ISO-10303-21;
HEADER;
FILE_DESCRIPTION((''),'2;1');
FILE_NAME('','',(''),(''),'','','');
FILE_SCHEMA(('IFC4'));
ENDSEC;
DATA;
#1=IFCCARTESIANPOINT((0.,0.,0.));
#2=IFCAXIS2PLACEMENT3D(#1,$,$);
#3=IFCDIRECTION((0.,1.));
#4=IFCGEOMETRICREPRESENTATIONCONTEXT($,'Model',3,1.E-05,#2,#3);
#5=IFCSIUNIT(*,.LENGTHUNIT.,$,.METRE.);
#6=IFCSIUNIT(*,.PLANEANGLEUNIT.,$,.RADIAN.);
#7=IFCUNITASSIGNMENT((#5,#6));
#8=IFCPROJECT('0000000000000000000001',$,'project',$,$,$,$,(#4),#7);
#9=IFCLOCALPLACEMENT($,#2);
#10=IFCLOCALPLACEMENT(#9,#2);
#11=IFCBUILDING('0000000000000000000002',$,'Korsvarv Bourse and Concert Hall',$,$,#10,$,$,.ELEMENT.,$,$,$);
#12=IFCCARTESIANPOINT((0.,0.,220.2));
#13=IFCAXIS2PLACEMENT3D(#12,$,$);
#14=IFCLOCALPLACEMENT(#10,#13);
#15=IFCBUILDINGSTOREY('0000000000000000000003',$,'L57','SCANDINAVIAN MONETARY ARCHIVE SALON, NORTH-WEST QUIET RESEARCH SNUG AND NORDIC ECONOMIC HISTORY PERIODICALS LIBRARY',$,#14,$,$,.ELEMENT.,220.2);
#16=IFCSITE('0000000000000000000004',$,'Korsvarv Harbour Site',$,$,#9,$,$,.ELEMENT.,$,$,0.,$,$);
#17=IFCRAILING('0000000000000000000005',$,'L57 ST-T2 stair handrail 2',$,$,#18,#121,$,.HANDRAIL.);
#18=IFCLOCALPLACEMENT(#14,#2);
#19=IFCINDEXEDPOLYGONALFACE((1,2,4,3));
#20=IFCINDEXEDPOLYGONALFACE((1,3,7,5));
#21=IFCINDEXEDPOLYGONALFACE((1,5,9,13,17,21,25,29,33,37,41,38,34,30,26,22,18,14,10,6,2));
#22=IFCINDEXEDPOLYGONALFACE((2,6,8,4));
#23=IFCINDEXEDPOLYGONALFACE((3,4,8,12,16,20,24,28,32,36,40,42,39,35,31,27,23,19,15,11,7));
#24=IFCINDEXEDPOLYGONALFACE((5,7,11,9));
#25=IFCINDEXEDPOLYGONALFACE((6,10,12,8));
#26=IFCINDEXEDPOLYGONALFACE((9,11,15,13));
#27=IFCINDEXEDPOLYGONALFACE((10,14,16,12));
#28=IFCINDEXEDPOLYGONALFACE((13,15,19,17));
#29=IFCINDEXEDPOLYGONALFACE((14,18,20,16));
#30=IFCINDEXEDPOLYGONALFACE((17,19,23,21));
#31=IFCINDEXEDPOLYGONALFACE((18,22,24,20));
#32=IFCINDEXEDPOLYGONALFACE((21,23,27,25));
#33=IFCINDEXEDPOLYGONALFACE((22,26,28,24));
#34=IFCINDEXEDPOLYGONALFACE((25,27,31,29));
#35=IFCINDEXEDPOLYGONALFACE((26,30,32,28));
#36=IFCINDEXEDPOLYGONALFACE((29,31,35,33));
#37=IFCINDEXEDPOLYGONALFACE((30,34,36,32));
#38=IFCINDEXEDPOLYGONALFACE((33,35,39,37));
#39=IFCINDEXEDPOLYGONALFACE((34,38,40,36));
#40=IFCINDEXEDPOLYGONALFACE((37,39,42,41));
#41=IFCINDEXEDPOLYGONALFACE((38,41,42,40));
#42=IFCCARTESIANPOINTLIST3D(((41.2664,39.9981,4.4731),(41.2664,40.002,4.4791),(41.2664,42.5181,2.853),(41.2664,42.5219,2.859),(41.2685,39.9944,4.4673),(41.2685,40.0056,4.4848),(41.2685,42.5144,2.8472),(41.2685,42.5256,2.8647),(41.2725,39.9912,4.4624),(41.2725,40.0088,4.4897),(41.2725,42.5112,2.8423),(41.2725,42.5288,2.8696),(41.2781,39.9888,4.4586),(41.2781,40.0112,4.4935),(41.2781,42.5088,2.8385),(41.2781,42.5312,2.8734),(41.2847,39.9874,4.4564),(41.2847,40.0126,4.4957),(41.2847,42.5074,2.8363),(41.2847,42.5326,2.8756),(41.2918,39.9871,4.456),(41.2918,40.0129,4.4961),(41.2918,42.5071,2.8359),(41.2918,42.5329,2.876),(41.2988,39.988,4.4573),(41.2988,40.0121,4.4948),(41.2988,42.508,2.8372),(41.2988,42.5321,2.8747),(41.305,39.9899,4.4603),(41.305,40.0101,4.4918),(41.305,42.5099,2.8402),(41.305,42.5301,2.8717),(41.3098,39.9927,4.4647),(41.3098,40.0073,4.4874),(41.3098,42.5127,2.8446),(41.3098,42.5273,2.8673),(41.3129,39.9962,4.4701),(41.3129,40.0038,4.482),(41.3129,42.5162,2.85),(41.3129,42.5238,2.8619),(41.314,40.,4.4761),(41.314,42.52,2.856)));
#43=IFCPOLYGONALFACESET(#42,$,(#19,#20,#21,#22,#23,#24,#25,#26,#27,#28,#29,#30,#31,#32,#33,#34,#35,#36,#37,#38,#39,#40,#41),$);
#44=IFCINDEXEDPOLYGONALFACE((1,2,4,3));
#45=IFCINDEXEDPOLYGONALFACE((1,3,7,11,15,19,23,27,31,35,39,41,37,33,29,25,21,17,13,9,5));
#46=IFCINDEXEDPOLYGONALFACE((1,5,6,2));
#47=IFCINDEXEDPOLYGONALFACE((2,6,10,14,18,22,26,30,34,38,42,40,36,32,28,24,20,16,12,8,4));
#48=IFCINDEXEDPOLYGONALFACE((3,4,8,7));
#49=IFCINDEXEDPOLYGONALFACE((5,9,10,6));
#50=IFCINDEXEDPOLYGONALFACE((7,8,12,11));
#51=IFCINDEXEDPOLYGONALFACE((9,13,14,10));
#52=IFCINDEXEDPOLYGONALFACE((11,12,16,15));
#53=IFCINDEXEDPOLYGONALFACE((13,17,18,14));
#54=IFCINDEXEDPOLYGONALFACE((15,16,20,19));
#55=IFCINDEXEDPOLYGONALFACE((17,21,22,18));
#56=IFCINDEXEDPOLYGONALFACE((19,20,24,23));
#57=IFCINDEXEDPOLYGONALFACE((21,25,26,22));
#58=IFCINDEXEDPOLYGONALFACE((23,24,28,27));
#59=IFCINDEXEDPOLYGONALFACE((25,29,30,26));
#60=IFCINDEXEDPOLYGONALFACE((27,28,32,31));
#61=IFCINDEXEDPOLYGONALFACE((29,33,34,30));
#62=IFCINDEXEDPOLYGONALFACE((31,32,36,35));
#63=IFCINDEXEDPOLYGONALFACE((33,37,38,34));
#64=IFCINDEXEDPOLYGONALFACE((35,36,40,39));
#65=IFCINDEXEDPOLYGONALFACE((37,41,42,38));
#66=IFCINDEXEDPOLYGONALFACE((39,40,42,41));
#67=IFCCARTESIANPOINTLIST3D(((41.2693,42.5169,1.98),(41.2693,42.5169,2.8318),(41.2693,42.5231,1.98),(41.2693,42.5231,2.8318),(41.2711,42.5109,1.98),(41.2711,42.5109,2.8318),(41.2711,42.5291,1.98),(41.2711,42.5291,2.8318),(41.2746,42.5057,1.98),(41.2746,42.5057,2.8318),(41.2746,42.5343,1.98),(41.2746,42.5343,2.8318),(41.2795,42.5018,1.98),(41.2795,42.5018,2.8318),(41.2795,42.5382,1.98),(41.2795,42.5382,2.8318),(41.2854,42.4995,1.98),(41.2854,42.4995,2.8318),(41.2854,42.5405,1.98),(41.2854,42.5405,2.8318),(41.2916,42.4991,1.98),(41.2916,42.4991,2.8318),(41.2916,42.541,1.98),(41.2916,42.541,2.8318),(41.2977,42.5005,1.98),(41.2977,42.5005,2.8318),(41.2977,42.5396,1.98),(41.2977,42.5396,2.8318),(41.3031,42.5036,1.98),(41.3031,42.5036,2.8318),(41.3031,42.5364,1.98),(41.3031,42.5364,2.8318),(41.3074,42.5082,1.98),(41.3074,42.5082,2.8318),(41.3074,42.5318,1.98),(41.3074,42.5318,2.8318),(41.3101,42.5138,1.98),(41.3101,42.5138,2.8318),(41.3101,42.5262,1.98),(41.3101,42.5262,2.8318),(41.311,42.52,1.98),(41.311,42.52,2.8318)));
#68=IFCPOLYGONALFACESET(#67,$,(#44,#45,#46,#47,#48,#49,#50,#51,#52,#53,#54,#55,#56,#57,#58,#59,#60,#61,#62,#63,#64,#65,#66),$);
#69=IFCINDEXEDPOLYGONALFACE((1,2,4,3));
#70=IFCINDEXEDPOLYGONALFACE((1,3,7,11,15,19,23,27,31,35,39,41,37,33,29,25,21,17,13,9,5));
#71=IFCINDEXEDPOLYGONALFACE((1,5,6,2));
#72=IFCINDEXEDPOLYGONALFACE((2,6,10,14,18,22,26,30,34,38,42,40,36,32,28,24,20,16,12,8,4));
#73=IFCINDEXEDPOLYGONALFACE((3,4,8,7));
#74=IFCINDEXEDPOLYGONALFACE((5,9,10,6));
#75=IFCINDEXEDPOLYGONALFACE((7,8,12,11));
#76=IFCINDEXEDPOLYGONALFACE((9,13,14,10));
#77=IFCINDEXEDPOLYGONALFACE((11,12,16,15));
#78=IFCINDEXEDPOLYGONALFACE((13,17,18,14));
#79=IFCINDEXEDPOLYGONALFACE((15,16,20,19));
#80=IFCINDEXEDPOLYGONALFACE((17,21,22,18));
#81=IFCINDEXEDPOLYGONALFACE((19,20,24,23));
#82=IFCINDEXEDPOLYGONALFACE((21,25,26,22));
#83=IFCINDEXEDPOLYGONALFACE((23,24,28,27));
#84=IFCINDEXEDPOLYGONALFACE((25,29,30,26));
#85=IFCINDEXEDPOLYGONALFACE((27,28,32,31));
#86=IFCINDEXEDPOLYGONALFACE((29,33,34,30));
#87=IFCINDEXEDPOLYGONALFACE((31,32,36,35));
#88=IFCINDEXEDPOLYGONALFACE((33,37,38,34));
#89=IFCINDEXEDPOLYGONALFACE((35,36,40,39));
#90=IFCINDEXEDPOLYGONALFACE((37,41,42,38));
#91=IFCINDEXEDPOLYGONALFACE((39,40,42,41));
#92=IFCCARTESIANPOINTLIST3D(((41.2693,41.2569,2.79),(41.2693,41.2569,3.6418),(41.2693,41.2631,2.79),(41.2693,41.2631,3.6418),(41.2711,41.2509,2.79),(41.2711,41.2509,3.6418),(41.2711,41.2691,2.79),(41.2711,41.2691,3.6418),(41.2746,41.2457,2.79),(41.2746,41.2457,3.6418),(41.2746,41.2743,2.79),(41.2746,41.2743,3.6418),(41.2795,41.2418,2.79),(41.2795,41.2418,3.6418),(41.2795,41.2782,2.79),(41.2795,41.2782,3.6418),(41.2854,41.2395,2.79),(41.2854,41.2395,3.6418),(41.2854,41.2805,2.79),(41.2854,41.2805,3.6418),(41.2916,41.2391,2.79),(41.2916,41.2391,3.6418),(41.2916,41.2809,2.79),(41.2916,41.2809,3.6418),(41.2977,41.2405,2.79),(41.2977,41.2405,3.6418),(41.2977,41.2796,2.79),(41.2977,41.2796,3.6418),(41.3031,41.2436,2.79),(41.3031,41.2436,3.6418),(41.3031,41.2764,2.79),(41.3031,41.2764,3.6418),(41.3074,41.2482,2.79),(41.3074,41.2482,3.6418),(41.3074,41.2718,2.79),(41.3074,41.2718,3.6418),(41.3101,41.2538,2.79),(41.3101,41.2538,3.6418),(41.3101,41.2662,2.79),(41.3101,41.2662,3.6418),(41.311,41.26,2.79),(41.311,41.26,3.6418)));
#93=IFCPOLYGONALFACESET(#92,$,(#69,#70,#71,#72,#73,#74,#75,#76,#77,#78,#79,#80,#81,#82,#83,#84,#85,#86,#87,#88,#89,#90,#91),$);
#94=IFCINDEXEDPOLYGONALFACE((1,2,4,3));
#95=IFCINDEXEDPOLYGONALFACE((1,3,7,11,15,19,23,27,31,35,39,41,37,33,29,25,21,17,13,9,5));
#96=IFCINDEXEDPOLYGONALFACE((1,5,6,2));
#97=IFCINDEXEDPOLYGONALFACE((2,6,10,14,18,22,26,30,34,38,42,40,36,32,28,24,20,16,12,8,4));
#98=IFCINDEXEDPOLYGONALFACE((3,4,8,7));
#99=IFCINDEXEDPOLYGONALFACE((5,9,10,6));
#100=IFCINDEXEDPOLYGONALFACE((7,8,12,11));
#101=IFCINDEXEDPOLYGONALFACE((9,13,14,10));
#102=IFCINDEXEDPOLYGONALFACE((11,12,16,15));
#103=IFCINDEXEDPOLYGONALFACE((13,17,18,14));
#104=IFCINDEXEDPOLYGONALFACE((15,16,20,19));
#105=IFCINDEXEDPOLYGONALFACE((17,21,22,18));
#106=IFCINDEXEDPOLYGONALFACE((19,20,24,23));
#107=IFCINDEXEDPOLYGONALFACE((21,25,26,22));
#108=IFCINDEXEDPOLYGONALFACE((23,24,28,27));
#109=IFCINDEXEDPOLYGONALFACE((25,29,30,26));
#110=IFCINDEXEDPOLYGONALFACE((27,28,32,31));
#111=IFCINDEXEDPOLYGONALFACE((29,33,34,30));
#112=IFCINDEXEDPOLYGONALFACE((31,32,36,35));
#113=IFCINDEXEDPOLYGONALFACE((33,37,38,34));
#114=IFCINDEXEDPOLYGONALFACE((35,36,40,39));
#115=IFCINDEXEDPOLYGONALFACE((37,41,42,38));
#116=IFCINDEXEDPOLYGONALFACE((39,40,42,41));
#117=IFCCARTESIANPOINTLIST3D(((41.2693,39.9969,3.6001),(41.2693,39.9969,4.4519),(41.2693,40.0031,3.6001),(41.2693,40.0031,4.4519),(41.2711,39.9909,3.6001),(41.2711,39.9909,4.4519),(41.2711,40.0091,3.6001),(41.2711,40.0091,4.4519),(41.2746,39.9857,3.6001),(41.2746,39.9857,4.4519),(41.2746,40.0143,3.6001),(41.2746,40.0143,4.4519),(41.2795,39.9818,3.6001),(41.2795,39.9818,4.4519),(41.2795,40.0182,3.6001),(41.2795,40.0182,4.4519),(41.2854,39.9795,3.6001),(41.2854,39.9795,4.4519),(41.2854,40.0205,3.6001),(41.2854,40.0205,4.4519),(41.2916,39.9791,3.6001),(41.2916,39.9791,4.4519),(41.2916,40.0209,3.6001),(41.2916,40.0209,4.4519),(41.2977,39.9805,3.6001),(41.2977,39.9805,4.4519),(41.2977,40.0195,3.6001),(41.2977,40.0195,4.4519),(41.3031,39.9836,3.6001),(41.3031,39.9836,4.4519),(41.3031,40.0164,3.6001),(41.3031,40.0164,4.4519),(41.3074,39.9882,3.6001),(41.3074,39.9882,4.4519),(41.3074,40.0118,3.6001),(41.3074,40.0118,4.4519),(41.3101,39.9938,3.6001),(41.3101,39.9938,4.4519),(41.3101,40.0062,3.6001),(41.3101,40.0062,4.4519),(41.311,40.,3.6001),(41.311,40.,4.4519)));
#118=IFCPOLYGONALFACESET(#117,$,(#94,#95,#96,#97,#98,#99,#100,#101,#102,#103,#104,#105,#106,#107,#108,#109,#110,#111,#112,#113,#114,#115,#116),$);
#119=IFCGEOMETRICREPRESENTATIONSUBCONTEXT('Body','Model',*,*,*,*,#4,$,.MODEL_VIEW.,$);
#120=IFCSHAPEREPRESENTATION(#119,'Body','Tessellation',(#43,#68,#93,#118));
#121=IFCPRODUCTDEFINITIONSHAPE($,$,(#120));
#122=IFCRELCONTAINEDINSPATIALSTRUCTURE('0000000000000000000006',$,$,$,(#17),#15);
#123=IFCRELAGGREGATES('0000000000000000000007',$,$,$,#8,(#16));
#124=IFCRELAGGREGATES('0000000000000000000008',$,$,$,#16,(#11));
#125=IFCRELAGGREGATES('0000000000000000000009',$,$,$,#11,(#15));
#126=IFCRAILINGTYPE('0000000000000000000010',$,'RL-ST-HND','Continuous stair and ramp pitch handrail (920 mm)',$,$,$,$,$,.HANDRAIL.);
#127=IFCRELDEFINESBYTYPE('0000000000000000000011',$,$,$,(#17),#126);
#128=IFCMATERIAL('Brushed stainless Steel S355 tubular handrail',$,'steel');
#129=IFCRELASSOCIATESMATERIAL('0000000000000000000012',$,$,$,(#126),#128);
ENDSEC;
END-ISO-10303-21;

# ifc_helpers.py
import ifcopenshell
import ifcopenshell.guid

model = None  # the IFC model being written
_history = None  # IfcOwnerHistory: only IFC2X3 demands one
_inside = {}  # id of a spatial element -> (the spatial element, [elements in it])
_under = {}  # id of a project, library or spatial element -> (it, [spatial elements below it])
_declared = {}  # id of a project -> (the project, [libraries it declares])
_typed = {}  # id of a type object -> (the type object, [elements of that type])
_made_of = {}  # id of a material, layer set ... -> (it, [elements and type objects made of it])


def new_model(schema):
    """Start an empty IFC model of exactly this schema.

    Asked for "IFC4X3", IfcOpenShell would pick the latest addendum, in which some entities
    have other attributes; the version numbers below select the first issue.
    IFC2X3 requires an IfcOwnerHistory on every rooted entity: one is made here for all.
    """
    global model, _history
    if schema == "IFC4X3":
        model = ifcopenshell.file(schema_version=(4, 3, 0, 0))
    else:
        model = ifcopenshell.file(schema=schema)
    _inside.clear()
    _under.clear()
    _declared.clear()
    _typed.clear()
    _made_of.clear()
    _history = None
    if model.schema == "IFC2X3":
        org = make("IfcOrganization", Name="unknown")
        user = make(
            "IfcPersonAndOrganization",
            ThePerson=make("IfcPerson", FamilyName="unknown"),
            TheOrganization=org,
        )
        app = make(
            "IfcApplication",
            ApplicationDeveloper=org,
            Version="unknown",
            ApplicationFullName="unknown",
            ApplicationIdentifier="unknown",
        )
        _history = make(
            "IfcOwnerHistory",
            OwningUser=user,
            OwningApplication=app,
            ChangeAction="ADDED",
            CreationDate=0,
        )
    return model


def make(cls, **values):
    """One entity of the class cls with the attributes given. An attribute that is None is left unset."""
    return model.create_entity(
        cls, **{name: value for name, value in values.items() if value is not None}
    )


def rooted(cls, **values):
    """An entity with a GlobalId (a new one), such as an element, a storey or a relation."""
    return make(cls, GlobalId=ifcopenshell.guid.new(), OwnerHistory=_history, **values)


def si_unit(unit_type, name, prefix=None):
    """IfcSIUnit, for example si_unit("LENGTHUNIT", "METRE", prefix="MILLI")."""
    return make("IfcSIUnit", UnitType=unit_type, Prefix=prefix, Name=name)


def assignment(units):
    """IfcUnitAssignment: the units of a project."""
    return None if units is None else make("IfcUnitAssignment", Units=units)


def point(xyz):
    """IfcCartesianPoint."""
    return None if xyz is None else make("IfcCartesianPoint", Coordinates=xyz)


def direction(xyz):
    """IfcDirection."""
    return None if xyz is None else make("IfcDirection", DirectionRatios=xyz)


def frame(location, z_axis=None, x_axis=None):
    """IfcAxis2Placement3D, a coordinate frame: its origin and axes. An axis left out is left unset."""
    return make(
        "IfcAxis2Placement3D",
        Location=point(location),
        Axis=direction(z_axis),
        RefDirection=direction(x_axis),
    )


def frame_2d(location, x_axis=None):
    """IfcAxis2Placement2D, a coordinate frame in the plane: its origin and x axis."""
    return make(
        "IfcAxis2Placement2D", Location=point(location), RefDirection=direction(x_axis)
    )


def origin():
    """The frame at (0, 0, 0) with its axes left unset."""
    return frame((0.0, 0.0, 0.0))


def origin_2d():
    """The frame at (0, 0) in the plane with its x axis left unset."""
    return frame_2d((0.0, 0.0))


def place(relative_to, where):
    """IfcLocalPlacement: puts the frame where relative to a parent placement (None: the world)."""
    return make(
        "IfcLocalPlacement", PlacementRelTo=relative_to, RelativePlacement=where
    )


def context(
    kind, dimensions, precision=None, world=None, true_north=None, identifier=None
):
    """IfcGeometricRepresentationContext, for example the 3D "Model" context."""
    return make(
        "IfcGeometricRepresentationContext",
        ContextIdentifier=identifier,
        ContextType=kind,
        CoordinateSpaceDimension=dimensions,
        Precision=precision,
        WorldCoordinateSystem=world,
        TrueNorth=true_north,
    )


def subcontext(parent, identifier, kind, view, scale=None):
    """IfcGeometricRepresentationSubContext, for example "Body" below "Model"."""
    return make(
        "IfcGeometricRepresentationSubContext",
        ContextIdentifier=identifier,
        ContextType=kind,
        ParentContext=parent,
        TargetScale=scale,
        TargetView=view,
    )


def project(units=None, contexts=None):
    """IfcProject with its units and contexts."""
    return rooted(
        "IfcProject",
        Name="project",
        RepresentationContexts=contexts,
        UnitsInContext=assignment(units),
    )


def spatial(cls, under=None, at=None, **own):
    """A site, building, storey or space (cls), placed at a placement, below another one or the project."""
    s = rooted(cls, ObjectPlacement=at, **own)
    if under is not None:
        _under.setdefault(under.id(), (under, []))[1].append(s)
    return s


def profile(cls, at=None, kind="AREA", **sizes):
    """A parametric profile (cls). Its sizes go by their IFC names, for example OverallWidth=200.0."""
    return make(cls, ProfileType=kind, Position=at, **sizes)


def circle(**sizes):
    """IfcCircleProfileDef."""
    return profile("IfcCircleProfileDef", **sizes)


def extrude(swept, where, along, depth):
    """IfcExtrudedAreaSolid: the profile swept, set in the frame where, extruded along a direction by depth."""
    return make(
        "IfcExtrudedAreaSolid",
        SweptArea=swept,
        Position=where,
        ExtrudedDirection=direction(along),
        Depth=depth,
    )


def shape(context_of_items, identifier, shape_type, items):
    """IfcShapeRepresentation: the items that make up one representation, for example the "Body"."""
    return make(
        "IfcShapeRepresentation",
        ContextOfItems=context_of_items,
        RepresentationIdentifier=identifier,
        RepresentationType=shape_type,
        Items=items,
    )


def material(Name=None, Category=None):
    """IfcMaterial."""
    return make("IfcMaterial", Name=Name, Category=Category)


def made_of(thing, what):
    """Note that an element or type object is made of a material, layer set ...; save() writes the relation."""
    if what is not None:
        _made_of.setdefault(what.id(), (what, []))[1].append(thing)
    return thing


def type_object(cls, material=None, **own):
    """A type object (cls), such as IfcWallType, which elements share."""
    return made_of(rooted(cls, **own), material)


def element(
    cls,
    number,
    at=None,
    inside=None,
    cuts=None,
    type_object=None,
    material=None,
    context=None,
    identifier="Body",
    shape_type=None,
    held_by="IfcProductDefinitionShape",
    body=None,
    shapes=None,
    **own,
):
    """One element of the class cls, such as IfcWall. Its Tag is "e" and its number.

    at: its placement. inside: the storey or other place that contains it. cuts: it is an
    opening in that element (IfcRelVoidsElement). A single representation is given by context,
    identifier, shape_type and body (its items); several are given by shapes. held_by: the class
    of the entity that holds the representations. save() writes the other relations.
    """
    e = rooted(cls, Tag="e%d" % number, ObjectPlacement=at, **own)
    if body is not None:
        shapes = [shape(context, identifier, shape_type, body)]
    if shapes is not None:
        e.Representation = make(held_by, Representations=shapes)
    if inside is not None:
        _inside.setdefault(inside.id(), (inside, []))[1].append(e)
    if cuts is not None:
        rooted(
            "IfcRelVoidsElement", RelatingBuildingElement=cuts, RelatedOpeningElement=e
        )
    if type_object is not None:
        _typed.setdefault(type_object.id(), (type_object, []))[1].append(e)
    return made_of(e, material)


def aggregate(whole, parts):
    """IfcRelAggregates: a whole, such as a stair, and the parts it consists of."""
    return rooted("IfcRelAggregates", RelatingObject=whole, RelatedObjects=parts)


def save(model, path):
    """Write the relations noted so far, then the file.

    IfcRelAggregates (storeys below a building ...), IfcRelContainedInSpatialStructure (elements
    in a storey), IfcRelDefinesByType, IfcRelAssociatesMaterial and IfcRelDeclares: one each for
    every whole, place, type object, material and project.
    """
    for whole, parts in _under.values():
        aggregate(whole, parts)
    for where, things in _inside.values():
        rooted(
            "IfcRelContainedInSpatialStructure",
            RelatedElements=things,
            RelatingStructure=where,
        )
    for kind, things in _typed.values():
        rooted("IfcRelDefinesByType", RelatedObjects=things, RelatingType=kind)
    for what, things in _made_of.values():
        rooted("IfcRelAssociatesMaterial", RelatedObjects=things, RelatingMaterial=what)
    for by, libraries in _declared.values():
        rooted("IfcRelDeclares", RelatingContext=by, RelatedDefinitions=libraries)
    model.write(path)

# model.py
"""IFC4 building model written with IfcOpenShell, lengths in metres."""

from ifc_helpers import new_model, si_unit, direction, frame, origin, origin_2d, place, context, subcontext, project, spatial, circle, extrude, material, type_object, element, save


model = new_model("IFC4")

# Units and contexts
model_context = context("Model", 3, precision=1e-05, world=origin(), true_north=direction((0.0, 1.0)))
body_context = subcontext(model_context, "Body", "Model", "MODEL_VIEW")
ifc_project = project(units=[si_unit("LENGTHUNIT", "METRE"), si_unit("PLANEANGLEUNIT", "RADIAN")], contexts=[model_context])

# Site, building, storey
site_placement = place(None, origin())
site = spatial("IfcSite", under=ifc_project, at=site_placement, Name="Korsvarv Harbour Site", CompositionType="ELEMENT", RefElevation=0.0)
building_placement = place(site_placement, origin())
building = spatial("IfcBuilding", under=site, at=building_placement, Name="Korsvarv Bourse and Concert Hall", CompositionType="ELEMENT")
storey_placement = place(building_placement, frame((0.0, 0.0, 220.2)))
storey = spatial("IfcBuildingStorey", under=building, at=storey_placement, Name="L57", Description="SCANDINAVIAN MONETARY ARCHIVE SALON, NORTH-WEST QUIET RESEARCH SNUG AND NORDIC ECONOMIC HISTORY PERIODICALS LIBRARY", CompositionType="ELEMENT", Elevation=220.2)

# Railing
ifc_material_1 = material(Name="Brushed stainless Steel S355 tubular handrail", Category="steel")
railing_type_1 = type_object("IfcRailingType", Name="RL-ST-HND", Description="Continuous stair and ramp pitch handrail (920 mm)", PredefinedType="HANDRAIL", material=ifc_material_1)
railing_1_placement = place(storey_placement, frame((41.29, 42.52, 1.98)))
element("IfcRailing", 1, at=railing_1_placement, inside=storey, type_object=railing_type_1, Name="L57 ST-T2 stair handrail 2", PredefinedType="HANDRAIL", context=body_context, shape_type="SweptSolid", body=[
    extrude(circle(Radius=0.0239, at=origin_2d()), frame((0.0, 0.0, 0.876), z_axis=(0.0, -0.841163, 0.540782), x_axis=(1.0, 0.0, 0.0)), (0.0, 0.0, 1.0), 2.9958),
    extrude(circle(Radius=0.021, at=origin_2d()), origin(), (0.0, 0.0, 1.0), 0.8518),
    extrude(circle(Radius=0.021, at=origin_2d()), frame((0.0, -1.26, 0.8101)), (0.0, 0.0, 1.0), 0.8518),
    extrude(circle(Radius=0.021, at=origin_2d()), frame((0.0, -2.52, 1.6201)), (0.0, 0.0, 1.0), 0.8518),
])

save(model, "model.ifc")
